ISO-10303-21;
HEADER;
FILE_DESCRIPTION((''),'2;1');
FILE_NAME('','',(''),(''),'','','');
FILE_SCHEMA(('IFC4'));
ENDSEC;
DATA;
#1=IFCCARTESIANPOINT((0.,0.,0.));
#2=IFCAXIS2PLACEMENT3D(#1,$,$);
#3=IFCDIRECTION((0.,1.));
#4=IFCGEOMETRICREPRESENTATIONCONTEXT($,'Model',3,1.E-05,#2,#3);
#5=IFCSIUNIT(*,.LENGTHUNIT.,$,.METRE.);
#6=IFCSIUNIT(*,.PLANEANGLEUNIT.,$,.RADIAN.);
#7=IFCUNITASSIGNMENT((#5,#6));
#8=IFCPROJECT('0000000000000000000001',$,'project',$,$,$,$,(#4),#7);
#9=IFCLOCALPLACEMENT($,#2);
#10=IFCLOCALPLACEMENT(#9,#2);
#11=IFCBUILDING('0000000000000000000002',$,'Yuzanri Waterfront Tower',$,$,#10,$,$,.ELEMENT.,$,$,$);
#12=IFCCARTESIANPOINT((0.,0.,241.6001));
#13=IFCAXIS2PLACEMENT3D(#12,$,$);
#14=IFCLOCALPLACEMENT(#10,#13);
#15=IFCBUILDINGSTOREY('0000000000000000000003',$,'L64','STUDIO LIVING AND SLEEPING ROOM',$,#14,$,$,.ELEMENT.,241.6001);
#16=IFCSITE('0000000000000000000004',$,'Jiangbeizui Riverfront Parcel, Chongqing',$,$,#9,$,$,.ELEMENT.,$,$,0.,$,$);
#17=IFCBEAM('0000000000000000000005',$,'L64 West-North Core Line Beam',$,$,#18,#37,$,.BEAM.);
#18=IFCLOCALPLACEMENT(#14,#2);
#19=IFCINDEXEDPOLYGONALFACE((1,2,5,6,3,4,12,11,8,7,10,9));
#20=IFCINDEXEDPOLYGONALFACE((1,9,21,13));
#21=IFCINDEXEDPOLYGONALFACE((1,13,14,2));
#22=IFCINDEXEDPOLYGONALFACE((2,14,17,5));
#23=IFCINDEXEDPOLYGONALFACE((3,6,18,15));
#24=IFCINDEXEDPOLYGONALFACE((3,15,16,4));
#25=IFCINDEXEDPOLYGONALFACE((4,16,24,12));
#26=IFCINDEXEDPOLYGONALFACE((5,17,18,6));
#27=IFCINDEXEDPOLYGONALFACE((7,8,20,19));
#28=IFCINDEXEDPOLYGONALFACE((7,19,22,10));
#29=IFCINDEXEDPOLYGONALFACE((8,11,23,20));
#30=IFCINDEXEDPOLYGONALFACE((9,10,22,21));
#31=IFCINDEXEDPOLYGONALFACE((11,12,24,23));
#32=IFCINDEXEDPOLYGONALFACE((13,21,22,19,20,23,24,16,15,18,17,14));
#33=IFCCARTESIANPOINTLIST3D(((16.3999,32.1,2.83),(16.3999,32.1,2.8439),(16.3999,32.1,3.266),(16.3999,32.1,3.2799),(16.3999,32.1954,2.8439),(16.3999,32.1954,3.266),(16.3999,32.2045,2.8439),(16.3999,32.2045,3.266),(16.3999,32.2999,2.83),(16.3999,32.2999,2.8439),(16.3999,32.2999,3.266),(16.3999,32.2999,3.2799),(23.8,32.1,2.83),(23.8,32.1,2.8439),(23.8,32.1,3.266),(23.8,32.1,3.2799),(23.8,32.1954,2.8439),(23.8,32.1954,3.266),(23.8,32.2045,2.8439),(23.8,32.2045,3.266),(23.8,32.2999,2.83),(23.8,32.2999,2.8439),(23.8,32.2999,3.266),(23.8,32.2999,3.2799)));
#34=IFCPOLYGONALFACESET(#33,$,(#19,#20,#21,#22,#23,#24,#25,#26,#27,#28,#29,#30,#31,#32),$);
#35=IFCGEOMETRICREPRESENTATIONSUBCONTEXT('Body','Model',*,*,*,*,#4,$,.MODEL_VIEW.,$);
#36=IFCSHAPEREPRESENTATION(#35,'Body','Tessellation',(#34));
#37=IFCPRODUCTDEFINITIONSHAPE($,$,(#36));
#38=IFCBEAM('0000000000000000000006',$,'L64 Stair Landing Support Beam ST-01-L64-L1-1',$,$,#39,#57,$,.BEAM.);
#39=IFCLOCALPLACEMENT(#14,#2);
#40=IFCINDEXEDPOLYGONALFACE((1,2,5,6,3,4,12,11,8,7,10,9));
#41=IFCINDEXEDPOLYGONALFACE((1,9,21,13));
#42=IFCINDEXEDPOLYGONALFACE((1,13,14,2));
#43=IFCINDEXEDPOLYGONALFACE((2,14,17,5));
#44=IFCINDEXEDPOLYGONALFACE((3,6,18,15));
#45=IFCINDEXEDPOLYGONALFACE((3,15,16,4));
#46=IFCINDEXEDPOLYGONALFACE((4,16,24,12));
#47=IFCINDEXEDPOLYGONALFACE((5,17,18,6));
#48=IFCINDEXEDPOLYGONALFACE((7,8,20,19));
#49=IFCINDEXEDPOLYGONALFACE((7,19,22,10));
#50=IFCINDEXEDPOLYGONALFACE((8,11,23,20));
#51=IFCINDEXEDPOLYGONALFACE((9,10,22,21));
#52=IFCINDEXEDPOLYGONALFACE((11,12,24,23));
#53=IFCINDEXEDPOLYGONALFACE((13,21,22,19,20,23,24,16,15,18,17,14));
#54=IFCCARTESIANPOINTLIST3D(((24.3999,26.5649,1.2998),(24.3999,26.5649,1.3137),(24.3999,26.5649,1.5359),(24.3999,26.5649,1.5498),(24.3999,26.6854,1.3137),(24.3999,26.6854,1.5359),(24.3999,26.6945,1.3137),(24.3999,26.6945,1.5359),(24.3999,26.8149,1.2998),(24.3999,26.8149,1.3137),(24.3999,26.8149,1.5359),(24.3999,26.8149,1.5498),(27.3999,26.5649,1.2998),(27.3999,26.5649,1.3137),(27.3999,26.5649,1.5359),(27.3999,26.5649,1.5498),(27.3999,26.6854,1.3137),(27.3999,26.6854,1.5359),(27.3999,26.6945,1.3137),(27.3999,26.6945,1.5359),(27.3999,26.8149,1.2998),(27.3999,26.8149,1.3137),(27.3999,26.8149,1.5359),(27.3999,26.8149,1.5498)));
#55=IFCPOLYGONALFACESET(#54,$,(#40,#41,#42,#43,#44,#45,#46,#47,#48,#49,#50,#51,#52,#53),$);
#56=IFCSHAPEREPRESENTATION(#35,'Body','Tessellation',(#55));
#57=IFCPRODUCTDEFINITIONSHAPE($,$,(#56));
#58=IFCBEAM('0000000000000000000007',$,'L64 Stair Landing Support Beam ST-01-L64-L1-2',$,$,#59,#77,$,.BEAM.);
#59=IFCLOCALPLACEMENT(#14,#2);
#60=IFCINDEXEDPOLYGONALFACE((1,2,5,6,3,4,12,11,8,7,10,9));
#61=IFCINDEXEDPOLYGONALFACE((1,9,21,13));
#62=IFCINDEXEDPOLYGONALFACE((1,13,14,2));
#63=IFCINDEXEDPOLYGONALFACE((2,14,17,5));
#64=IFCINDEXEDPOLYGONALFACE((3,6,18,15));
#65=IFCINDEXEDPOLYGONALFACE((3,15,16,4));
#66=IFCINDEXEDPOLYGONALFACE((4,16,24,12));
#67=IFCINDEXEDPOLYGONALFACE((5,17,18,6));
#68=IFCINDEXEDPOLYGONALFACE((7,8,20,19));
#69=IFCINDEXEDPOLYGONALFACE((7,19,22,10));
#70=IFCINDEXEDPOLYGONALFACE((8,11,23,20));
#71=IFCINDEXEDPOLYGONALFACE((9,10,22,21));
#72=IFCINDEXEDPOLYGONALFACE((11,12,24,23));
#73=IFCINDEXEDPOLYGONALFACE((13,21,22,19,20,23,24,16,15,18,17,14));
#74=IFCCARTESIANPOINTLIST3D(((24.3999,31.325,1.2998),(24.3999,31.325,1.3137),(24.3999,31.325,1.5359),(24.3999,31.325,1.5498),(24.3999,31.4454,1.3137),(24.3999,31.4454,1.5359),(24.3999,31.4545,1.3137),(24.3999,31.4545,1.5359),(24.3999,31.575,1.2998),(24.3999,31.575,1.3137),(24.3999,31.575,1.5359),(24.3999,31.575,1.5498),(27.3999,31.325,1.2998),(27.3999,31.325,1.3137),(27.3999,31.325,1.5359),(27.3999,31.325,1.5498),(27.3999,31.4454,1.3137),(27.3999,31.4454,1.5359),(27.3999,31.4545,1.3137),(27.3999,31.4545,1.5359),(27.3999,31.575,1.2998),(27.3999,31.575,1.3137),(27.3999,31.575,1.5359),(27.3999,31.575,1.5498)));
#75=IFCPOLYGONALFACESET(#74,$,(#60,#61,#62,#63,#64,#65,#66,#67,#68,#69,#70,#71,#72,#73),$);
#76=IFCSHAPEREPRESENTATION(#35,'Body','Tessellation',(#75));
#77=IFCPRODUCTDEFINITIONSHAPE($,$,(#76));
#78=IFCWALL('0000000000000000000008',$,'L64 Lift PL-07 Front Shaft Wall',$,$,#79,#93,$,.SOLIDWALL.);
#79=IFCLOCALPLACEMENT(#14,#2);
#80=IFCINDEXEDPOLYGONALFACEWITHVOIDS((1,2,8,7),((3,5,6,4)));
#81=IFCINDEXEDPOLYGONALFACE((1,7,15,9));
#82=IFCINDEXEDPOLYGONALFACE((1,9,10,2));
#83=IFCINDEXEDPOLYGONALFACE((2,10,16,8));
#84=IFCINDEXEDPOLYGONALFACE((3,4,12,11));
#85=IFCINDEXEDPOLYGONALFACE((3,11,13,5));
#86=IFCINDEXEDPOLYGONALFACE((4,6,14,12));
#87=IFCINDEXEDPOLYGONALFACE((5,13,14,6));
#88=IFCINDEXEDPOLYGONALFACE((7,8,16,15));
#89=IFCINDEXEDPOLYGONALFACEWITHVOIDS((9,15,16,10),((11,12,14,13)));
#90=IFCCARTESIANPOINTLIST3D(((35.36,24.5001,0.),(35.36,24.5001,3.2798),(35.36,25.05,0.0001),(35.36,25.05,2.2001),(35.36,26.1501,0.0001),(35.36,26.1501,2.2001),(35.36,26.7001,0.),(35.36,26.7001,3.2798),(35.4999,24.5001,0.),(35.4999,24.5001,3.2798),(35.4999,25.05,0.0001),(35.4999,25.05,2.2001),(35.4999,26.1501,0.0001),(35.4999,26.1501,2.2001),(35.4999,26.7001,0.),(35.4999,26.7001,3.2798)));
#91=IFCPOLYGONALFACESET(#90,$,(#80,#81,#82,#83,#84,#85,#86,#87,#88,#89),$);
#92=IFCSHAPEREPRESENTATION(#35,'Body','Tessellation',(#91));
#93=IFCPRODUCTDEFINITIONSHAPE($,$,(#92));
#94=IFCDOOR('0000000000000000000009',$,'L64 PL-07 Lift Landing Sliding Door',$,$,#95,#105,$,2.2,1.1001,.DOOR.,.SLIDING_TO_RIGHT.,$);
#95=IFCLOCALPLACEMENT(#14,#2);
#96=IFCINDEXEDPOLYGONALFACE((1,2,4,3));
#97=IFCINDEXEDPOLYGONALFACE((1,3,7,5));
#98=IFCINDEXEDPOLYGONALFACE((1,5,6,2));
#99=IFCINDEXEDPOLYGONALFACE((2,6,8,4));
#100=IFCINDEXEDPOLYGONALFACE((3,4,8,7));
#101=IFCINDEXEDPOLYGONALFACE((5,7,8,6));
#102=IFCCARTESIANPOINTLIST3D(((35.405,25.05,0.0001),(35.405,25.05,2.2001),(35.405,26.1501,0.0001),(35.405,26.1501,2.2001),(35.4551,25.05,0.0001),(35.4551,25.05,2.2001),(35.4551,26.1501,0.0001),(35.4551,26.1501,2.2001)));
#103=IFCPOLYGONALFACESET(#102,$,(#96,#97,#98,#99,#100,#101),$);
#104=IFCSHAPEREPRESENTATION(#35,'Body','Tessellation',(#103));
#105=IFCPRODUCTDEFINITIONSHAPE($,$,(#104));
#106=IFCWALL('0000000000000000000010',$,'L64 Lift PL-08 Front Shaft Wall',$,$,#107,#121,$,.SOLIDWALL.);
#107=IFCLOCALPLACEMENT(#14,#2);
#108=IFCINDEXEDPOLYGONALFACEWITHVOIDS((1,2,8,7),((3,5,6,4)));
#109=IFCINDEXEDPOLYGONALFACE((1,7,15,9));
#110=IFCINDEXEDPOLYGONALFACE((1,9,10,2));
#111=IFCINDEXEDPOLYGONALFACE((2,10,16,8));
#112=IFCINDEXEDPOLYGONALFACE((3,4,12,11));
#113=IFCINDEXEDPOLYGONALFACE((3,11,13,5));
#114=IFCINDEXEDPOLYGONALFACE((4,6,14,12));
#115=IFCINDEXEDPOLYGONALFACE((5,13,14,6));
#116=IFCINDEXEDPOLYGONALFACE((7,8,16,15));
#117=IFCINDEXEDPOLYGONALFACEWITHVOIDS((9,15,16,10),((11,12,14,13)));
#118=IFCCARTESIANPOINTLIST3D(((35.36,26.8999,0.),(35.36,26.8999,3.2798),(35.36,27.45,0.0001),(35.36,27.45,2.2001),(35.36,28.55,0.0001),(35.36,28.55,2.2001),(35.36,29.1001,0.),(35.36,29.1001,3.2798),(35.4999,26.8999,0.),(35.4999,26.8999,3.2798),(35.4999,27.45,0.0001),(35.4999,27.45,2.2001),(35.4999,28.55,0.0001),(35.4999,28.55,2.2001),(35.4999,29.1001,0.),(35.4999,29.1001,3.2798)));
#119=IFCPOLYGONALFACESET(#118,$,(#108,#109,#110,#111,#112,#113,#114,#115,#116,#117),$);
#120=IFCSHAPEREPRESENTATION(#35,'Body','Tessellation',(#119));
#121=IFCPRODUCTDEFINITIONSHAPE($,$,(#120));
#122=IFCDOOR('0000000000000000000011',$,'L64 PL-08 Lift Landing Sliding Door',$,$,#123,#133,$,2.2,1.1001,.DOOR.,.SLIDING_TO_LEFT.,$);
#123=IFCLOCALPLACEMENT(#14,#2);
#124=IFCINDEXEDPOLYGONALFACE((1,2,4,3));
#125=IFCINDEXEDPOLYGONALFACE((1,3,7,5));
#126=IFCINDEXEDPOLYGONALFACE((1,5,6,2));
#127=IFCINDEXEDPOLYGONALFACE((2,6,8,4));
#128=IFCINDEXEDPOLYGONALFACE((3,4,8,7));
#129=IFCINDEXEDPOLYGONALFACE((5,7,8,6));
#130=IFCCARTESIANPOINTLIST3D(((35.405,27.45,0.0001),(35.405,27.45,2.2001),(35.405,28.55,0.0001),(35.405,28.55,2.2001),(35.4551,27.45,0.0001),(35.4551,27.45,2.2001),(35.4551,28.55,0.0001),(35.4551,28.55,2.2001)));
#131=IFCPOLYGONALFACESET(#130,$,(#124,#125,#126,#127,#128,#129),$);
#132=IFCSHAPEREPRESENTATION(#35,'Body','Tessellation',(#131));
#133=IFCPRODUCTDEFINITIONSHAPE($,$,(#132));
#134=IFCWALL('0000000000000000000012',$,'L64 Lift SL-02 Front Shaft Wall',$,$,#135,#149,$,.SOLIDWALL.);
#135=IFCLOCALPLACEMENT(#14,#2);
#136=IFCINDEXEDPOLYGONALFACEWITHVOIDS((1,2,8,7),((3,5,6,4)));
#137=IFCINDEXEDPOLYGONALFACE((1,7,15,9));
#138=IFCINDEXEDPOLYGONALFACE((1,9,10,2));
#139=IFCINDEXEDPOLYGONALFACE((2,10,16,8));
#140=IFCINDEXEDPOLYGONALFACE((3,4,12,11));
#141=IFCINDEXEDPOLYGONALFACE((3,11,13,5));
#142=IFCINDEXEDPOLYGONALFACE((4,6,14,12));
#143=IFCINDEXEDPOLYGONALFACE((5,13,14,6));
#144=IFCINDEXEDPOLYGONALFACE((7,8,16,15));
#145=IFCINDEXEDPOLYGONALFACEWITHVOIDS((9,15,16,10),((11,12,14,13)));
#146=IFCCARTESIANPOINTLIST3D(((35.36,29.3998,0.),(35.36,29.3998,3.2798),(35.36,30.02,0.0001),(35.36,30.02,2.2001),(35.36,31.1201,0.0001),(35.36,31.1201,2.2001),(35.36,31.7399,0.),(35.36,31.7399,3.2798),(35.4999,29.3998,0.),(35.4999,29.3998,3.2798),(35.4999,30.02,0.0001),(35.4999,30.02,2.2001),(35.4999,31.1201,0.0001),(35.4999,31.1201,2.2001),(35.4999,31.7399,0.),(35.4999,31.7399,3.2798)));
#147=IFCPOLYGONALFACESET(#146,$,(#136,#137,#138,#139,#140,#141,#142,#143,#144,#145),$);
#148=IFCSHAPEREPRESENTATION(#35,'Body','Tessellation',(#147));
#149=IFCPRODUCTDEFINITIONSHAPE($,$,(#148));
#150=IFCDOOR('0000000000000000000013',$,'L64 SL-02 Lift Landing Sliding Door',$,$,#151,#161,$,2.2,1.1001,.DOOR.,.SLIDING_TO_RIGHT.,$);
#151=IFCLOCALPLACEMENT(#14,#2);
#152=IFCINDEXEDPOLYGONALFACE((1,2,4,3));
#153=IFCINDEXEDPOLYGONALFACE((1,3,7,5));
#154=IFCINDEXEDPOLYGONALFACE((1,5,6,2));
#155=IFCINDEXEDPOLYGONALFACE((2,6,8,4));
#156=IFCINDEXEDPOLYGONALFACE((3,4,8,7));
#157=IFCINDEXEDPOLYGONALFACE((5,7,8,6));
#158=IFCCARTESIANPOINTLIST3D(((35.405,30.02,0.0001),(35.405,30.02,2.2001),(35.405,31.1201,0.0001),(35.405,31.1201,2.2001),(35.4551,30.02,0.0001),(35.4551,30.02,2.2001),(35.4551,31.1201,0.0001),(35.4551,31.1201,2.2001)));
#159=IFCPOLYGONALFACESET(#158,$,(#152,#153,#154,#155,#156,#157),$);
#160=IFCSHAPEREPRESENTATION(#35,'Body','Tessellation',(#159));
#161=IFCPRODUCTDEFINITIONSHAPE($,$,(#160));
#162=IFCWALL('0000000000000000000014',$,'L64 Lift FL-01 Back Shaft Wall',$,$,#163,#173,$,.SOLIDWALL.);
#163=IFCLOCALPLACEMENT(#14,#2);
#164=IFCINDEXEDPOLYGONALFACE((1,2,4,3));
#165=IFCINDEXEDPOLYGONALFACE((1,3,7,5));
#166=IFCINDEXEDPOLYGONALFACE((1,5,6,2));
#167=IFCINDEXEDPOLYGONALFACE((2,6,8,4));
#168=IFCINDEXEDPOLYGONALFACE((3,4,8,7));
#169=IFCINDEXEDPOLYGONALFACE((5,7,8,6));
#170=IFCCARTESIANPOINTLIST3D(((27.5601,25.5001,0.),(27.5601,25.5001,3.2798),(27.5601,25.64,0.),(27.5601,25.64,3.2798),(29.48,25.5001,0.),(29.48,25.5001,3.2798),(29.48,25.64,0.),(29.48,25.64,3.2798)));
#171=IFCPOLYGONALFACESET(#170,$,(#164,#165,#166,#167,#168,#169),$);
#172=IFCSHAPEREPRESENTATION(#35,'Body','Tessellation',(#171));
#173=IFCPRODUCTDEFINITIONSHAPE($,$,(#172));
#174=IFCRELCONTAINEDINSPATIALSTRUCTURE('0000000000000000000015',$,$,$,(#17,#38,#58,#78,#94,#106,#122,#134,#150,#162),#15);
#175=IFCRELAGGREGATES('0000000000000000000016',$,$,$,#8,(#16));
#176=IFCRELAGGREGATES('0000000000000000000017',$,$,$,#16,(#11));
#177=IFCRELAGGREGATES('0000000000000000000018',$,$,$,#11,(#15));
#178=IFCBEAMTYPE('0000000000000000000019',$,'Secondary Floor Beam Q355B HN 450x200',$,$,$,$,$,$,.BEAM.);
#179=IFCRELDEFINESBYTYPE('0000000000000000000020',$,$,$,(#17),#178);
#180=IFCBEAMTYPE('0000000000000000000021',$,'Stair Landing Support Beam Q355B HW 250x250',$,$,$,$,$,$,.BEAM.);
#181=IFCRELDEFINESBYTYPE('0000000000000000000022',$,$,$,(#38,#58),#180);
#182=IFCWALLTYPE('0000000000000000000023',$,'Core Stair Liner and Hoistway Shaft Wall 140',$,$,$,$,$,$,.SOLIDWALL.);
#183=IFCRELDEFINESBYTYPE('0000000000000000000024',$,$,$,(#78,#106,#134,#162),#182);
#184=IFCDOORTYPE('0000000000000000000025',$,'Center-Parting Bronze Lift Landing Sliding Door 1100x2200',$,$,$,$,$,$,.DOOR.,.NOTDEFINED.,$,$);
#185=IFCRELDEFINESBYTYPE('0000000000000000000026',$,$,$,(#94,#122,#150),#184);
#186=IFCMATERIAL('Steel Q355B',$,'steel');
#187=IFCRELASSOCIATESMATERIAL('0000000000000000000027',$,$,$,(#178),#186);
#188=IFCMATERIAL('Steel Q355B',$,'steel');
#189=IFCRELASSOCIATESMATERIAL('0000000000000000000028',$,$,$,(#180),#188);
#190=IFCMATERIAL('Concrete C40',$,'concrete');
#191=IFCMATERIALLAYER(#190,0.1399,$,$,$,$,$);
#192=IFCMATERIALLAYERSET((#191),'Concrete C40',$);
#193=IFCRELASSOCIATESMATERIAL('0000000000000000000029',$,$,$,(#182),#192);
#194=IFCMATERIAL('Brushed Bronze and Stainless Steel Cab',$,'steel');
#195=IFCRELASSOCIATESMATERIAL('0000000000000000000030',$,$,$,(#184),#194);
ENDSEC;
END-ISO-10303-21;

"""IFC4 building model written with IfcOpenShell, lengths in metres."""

from ifc_helpers import new_model, si_unit, direction, frame, frame_2d, origin, origin_2d, place, context, subcontext, project, spatial, rectangle, i_section, extrude, source, transform, mapped, material, layer, layer_set, material_profile, profile_set, type_object, element, fill, save


model = new_model("IFC4")

# Units and contexts
model_context = context("Model", 3, precision=1e-05, world=origin(), true_north=direction((0.0, 1.0)))
body_context = subcontext(model_context, "Body", "Model", "MODEL_VIEW")
ifc_project = project(units=[si_unit("LENGTHUNIT", "METRE"), si_unit("PLANEANGLEUNIT", "RADIAN")], contexts=[model_context])

# Site, building, storey
site_placement = place(None, origin())
site = spatial("IfcSite", under=ifc_project, at=site_placement, Name="Jiangbeizui Riverfront Parcel, Chongqing", CompositionType="ELEMENT", RefElevation=0.0)
building_placement = place(site_placement, origin())
building = spatial("IfcBuilding", under=site, at=building_placement, Name="Yuzanri Waterfront Tower", CompositionType="ELEMENT")
storey_placement = place(building_placement, frame((0.0, 0.0, 241.6001)))
storey = spatial("IfcBuildingStorey", under=building, at=storey_placement, Name="L64", Description="STUDIO LIVING AND SLEEPING ROOM", CompositionType="ELEMENT", Elevation=241.6001)

# Beams
ifc_material_1 = material(Name="Steel Q355B", Category="steel")
ifc_material_profile_1 = material_profile(ifc_material_1, i_section(OverallWidth=0.2, OverallDepth=0.45, WebThickness=0.009, FlangeThickness=0.0139, at=origin_2d()), Name="HN 450x200x9x14")
ifc_profile_set_1 = profile_set([ifc_material_profile_1], Name="Steel Q355B")
beam_type_1 = type_object("IfcBeamType", Name="Secondary Floor Beam Q355B HN 450x200", PredefinedType="BEAM", material=ifc_profile_set_1)
shared_shape_1 = source(origin(), body_context, "Body", "SweptSolid", [
    extrude(i_section(OverallWidth=0.2, OverallDepth=0.45, WebThickness=0.009, FlangeThickness=0.0139, at=origin_2d()), origin(), (0.0, 0.0, 1.0), 7.4001),
])
beam_placement = place(storey_placement, frame((23.8, 32.2, 3.0549), z_axis=(-1.0, 0.0, 0.0), x_axis=(0.0, -1.0, 0.0)))
element("IfcBeam", 1, at=beam_placement, inside=storey, type_object=beam_type_1, Name="L64 West-North Core Line Beam", PredefinedType="BEAM", context=body_context, shape_type="MappedRepresentation", body=[
    mapped(shared_shape_1, transform((0.0, 0.0, 0.0), scale=1.0)),
])
ifc_material_2 = material(Name="Steel Q355B", Category="steel")
ifc_material_profile_2 = material_profile(ifc_material_2, i_section(OverallWidth=0.25, OverallDepth=0.25, WebThickness=0.009, FlangeThickness=0.0139, at=origin_2d()), Name="HW 250x250x9x14")
ifc_profile_set_2 = profile_set([ifc_material_profile_2], Name="Steel Q355B")
beam_type_2 = type_object("IfcBeamType", Name="Stair Landing Support Beam Q355B HW 250x250", PredefinedType="BEAM", material=ifc_profile_set_2)
shared_shape_2 = source(origin(), body_context, "Body", "SweptSolid", [
    extrude(i_section(OverallWidth=0.25, OverallDepth=0.25, WebThickness=0.009, FlangeThickness=0.0139, at=origin_2d()), origin(), (0.0, 0.0, 1.0), 3.0),
])
for number, where, z_axis, x_axis, name in (
    (2, (24.3999, 26.6899, 1.4248), (1.0, 0.0, 0.0), (0.0, 1.0, 0.0), "L64 Stair Landing Support Beam ST-01-L64-L1-1"),
    (3, (24.3999, 31.45, 1.4248), (1.0, 0.0, 0.0), (0.0, 1.0, 0.0), "L64 Stair Landing Support Beam ST-01-L64-L1-2"),
):
    element("IfcBeam", number, at=place(storey_placement, frame(where, z_axis=z_axis, x_axis=x_axis)), inside=storey, type_object=beam_type_2, Name=name, PredefinedType="BEAM", context=body_context, shape_type="MappedRepresentation", body=[
        mapped(shared_shape_2, transform((0.0, 0.0, 0.0), scale=1.0)),
    ])

# Walls, openings, doors
ifc_material_3 = material(Name="Concrete C40", Category="concrete")
ifc_layer_1 = layer(ifc_material_3, 0.1399)
ifc_layer_set_1 = layer_set([ifc_layer_1], Name="Concrete C40")
wall_type_1 = type_object("IfcWallType", Name="Core Stair Liner and Hoistway Shaft Wall 140", PredefinedType="SOLIDWALL", material=ifc_layer_set_1)
wall_1_placement = place(storey_placement, frame((35.4299, 24.5, 0.0), z_axis=(0.0, 0.0, 1.0), x_axis=(0.0, 1.0, 0.0)))
wall_1 = element("IfcWall", 4, at=wall_1_placement, inside=storey, type_object=wall_type_1, Name="L64 Lift PL-07 Front Shaft Wall", PredefinedType="SOLIDWALL", context=body_context, shape_type="SweptSolid", body=[
    extrude(rectangle(XDim=2.2, YDim=0.1399, at=frame_2d((1.1001, 0.0))), origin(), (0.0, 0.0, 1.0), 3.2798),
])
opening_1_placement = place(wall_1_placement, frame((0.55, 0.0, 0.0)))
opening_1 = element("IfcOpeningElement", 5, at=opening_1_placement, cuts=wall_1, PredefinedType="OPENING", context=body_context, shape_type="SweptSolid", body=[
    extrude(rectangle(XDim=1.1001, YDim=2.2, at=frame_2d((0.55, 1.1001))), frame((0.0, 0.085, 0.0), z_axis=(0.0, -1.0, 0.0), x_axis=(1.0, 0.0, 0.0)), (0.0, 0.0, 1.0), 0.1697),
])
ifc_material_4 = material(Name="Brushed Bronze and Stainless Steel Cab", Category="steel")
door_type_1 = type_object("IfcDoorType", Name="Center-Parting Bronze Lift Landing Sliding Door 1100x2200", OperationType="NOTDEFINED", PredefinedType="DOOR", material=ifc_material_4)
shared_shape_3 = source(origin(), body_context, "Body", "SweptSolid", [
    extrude(rectangle(XDim=1.1001, YDim=2.2, at=frame_2d((0.55, 1.1001))), frame((0.0, 0.0249, 0.0), z_axis=(0.0, -1.0, 0.0), x_axis=(1.0, 0.0, 0.0)), (0.0, 0.0, 1.0), 0.05),
])
door_1_placement = place(opening_1_placement, origin())
door_1 = element("IfcDoor", 6, at=door_1_placement, inside=storey, type_object=door_type_1, Name="L64 PL-07 Lift Landing Sliding Door", OperationType="SLIDING_TO_RIGHT", OverallHeight=2.2, OverallWidth=1.1001, PredefinedType="DOOR", context=body_context, shape_type="MappedRepresentation", body=[
    mapped(shared_shape_3, transform((0.0, 0.0, 0.0), scale=1.0)),
])
fill(opening_1, door_1)
wall_2_placement = place(storey_placement, frame((35.4299, 26.8999, 0.0), z_axis=(0.0, 0.0, 1.0), x_axis=(0.0, 1.0, 0.0)))
wall_2 = element("IfcWall", 7, at=wall_2_placement, inside=storey, type_object=wall_type_1, Name="L64 Lift PL-08 Front Shaft Wall", PredefinedType="SOLIDWALL", context=body_context, shape_type="SweptSolid", body=[
    extrude(rectangle(XDim=2.2002, YDim=0.1399, at=frame_2d((1.1001, 0.0))), origin(), (0.0, 0.0, 1.0), 3.2798),
])
opening_2_placement = place(wall_2_placement, frame((0.55, 0.0, 0.0)))
opening_2 = element("IfcOpeningElement", 8, at=opening_2_placement, cuts=wall_2, PredefinedType="OPENING", context=body_context, shape_type="SweptSolid", body=[
    extrude(rectangle(XDim=1.1001, YDim=2.2, at=frame_2d((0.55, 1.1001))), frame((0.0, 0.085, 0.0), z_axis=(0.0, -1.0, 0.0), x_axis=(1.0, 0.0, 0.0)), (0.0, 0.0, 1.0), 0.1697),
])
door_2_placement = place(opening_2_placement, origin())
door_2 = element("IfcDoor", 9, at=door_2_placement, inside=storey, type_object=door_type_1, Name="L64 PL-08 Lift Landing Sliding Door", OperationType="SLIDING_TO_LEFT", OverallHeight=2.2, OverallWidth=1.1001, PredefinedType="DOOR", context=body_context, shape_type="MappedRepresentation", body=[
    mapped(shared_shape_3, transform((0.0, 0.0, 0.0), scale=1.0)),
])
fill(opening_2, door_2)
wall_3_placement = place(storey_placement, frame((35.4299, 29.3999, 0.0), z_axis=(0.0, 0.0, 1.0), x_axis=(0.0, 1.0, 0.0)))
wall_3 = element("IfcWall", 10, at=wall_3_placement, inside=storey, type_object=wall_type_1, Name="L64 Lift SL-02 Front Shaft Wall", PredefinedType="SOLIDWALL", context=body_context, shape_type="SweptSolid", body=[
    extrude(rectangle(XDim=2.3401, YDim=0.1399, at=frame_2d((1.1699, 0.0))), origin(), (0.0, 0.0, 1.0), 3.2798),
])
opening_3_placement = place(wall_3_placement, frame((0.6201, 0.0, 0.0)))
opening_3 = element("IfcOpeningElement", 11, at=opening_3_placement, cuts=wall_3, PredefinedType="OPENING", context=body_context, shape_type="SweptSolid", body=[
    extrude(rectangle(XDim=1.1001, YDim=2.2, at=frame_2d((0.55, 1.1001))), frame((0.0, 0.085, 0.0), z_axis=(0.0, -1.0, 0.0), x_axis=(1.0, 0.0, 0.0)), (0.0, 0.0, 1.0), 0.1697),
])
door_3_placement = place(opening_3_placement, origin())
door_3 = element("IfcDoor", 12, at=door_3_placement, inside=storey, type_object=door_type_1, Name="L64 SL-02 Lift Landing Sliding Door", OperationType="SLIDING_TO_RIGHT", OverallHeight=2.2, OverallWidth=1.1001, PredefinedType="DOOR", context=body_context, shape_type="MappedRepresentation", body=[
    mapped(shared_shape_3, transform((0.0, 0.0, 0.0), scale=1.0)),
])
fill(opening_3, door_3)

# Wall
shared_shape_4 = source(origin(), body_context, "Body", "SweptSolid", [
    extrude(rectangle(XDim=1.9199, YDim=0.1399, at=frame_2d((0.96, 0.0))), origin(), (0.0, 0.0, 1.0), 3.2798),
])
wall_4_placement = place(storey_placement, frame((27.5601, 25.5701, 0.0), z_axis=(0.0, 0.0, 1.0), x_axis=(1.0, 0.0, 0.0)))
element("IfcWall", 13, at=wall_4_placement, inside=storey, type_object=wall_type_1, Name="L64 Lift FL-01 Back Shaft Wall", PredefinedType="SOLIDWALL", context=body_context, shape_type="MappedRepresentation", body=[
    mapped(shared_shape_4, transform((0.0, 0.0, 0.0), scale=1.0)),
])

save(model, "model.ifc")
